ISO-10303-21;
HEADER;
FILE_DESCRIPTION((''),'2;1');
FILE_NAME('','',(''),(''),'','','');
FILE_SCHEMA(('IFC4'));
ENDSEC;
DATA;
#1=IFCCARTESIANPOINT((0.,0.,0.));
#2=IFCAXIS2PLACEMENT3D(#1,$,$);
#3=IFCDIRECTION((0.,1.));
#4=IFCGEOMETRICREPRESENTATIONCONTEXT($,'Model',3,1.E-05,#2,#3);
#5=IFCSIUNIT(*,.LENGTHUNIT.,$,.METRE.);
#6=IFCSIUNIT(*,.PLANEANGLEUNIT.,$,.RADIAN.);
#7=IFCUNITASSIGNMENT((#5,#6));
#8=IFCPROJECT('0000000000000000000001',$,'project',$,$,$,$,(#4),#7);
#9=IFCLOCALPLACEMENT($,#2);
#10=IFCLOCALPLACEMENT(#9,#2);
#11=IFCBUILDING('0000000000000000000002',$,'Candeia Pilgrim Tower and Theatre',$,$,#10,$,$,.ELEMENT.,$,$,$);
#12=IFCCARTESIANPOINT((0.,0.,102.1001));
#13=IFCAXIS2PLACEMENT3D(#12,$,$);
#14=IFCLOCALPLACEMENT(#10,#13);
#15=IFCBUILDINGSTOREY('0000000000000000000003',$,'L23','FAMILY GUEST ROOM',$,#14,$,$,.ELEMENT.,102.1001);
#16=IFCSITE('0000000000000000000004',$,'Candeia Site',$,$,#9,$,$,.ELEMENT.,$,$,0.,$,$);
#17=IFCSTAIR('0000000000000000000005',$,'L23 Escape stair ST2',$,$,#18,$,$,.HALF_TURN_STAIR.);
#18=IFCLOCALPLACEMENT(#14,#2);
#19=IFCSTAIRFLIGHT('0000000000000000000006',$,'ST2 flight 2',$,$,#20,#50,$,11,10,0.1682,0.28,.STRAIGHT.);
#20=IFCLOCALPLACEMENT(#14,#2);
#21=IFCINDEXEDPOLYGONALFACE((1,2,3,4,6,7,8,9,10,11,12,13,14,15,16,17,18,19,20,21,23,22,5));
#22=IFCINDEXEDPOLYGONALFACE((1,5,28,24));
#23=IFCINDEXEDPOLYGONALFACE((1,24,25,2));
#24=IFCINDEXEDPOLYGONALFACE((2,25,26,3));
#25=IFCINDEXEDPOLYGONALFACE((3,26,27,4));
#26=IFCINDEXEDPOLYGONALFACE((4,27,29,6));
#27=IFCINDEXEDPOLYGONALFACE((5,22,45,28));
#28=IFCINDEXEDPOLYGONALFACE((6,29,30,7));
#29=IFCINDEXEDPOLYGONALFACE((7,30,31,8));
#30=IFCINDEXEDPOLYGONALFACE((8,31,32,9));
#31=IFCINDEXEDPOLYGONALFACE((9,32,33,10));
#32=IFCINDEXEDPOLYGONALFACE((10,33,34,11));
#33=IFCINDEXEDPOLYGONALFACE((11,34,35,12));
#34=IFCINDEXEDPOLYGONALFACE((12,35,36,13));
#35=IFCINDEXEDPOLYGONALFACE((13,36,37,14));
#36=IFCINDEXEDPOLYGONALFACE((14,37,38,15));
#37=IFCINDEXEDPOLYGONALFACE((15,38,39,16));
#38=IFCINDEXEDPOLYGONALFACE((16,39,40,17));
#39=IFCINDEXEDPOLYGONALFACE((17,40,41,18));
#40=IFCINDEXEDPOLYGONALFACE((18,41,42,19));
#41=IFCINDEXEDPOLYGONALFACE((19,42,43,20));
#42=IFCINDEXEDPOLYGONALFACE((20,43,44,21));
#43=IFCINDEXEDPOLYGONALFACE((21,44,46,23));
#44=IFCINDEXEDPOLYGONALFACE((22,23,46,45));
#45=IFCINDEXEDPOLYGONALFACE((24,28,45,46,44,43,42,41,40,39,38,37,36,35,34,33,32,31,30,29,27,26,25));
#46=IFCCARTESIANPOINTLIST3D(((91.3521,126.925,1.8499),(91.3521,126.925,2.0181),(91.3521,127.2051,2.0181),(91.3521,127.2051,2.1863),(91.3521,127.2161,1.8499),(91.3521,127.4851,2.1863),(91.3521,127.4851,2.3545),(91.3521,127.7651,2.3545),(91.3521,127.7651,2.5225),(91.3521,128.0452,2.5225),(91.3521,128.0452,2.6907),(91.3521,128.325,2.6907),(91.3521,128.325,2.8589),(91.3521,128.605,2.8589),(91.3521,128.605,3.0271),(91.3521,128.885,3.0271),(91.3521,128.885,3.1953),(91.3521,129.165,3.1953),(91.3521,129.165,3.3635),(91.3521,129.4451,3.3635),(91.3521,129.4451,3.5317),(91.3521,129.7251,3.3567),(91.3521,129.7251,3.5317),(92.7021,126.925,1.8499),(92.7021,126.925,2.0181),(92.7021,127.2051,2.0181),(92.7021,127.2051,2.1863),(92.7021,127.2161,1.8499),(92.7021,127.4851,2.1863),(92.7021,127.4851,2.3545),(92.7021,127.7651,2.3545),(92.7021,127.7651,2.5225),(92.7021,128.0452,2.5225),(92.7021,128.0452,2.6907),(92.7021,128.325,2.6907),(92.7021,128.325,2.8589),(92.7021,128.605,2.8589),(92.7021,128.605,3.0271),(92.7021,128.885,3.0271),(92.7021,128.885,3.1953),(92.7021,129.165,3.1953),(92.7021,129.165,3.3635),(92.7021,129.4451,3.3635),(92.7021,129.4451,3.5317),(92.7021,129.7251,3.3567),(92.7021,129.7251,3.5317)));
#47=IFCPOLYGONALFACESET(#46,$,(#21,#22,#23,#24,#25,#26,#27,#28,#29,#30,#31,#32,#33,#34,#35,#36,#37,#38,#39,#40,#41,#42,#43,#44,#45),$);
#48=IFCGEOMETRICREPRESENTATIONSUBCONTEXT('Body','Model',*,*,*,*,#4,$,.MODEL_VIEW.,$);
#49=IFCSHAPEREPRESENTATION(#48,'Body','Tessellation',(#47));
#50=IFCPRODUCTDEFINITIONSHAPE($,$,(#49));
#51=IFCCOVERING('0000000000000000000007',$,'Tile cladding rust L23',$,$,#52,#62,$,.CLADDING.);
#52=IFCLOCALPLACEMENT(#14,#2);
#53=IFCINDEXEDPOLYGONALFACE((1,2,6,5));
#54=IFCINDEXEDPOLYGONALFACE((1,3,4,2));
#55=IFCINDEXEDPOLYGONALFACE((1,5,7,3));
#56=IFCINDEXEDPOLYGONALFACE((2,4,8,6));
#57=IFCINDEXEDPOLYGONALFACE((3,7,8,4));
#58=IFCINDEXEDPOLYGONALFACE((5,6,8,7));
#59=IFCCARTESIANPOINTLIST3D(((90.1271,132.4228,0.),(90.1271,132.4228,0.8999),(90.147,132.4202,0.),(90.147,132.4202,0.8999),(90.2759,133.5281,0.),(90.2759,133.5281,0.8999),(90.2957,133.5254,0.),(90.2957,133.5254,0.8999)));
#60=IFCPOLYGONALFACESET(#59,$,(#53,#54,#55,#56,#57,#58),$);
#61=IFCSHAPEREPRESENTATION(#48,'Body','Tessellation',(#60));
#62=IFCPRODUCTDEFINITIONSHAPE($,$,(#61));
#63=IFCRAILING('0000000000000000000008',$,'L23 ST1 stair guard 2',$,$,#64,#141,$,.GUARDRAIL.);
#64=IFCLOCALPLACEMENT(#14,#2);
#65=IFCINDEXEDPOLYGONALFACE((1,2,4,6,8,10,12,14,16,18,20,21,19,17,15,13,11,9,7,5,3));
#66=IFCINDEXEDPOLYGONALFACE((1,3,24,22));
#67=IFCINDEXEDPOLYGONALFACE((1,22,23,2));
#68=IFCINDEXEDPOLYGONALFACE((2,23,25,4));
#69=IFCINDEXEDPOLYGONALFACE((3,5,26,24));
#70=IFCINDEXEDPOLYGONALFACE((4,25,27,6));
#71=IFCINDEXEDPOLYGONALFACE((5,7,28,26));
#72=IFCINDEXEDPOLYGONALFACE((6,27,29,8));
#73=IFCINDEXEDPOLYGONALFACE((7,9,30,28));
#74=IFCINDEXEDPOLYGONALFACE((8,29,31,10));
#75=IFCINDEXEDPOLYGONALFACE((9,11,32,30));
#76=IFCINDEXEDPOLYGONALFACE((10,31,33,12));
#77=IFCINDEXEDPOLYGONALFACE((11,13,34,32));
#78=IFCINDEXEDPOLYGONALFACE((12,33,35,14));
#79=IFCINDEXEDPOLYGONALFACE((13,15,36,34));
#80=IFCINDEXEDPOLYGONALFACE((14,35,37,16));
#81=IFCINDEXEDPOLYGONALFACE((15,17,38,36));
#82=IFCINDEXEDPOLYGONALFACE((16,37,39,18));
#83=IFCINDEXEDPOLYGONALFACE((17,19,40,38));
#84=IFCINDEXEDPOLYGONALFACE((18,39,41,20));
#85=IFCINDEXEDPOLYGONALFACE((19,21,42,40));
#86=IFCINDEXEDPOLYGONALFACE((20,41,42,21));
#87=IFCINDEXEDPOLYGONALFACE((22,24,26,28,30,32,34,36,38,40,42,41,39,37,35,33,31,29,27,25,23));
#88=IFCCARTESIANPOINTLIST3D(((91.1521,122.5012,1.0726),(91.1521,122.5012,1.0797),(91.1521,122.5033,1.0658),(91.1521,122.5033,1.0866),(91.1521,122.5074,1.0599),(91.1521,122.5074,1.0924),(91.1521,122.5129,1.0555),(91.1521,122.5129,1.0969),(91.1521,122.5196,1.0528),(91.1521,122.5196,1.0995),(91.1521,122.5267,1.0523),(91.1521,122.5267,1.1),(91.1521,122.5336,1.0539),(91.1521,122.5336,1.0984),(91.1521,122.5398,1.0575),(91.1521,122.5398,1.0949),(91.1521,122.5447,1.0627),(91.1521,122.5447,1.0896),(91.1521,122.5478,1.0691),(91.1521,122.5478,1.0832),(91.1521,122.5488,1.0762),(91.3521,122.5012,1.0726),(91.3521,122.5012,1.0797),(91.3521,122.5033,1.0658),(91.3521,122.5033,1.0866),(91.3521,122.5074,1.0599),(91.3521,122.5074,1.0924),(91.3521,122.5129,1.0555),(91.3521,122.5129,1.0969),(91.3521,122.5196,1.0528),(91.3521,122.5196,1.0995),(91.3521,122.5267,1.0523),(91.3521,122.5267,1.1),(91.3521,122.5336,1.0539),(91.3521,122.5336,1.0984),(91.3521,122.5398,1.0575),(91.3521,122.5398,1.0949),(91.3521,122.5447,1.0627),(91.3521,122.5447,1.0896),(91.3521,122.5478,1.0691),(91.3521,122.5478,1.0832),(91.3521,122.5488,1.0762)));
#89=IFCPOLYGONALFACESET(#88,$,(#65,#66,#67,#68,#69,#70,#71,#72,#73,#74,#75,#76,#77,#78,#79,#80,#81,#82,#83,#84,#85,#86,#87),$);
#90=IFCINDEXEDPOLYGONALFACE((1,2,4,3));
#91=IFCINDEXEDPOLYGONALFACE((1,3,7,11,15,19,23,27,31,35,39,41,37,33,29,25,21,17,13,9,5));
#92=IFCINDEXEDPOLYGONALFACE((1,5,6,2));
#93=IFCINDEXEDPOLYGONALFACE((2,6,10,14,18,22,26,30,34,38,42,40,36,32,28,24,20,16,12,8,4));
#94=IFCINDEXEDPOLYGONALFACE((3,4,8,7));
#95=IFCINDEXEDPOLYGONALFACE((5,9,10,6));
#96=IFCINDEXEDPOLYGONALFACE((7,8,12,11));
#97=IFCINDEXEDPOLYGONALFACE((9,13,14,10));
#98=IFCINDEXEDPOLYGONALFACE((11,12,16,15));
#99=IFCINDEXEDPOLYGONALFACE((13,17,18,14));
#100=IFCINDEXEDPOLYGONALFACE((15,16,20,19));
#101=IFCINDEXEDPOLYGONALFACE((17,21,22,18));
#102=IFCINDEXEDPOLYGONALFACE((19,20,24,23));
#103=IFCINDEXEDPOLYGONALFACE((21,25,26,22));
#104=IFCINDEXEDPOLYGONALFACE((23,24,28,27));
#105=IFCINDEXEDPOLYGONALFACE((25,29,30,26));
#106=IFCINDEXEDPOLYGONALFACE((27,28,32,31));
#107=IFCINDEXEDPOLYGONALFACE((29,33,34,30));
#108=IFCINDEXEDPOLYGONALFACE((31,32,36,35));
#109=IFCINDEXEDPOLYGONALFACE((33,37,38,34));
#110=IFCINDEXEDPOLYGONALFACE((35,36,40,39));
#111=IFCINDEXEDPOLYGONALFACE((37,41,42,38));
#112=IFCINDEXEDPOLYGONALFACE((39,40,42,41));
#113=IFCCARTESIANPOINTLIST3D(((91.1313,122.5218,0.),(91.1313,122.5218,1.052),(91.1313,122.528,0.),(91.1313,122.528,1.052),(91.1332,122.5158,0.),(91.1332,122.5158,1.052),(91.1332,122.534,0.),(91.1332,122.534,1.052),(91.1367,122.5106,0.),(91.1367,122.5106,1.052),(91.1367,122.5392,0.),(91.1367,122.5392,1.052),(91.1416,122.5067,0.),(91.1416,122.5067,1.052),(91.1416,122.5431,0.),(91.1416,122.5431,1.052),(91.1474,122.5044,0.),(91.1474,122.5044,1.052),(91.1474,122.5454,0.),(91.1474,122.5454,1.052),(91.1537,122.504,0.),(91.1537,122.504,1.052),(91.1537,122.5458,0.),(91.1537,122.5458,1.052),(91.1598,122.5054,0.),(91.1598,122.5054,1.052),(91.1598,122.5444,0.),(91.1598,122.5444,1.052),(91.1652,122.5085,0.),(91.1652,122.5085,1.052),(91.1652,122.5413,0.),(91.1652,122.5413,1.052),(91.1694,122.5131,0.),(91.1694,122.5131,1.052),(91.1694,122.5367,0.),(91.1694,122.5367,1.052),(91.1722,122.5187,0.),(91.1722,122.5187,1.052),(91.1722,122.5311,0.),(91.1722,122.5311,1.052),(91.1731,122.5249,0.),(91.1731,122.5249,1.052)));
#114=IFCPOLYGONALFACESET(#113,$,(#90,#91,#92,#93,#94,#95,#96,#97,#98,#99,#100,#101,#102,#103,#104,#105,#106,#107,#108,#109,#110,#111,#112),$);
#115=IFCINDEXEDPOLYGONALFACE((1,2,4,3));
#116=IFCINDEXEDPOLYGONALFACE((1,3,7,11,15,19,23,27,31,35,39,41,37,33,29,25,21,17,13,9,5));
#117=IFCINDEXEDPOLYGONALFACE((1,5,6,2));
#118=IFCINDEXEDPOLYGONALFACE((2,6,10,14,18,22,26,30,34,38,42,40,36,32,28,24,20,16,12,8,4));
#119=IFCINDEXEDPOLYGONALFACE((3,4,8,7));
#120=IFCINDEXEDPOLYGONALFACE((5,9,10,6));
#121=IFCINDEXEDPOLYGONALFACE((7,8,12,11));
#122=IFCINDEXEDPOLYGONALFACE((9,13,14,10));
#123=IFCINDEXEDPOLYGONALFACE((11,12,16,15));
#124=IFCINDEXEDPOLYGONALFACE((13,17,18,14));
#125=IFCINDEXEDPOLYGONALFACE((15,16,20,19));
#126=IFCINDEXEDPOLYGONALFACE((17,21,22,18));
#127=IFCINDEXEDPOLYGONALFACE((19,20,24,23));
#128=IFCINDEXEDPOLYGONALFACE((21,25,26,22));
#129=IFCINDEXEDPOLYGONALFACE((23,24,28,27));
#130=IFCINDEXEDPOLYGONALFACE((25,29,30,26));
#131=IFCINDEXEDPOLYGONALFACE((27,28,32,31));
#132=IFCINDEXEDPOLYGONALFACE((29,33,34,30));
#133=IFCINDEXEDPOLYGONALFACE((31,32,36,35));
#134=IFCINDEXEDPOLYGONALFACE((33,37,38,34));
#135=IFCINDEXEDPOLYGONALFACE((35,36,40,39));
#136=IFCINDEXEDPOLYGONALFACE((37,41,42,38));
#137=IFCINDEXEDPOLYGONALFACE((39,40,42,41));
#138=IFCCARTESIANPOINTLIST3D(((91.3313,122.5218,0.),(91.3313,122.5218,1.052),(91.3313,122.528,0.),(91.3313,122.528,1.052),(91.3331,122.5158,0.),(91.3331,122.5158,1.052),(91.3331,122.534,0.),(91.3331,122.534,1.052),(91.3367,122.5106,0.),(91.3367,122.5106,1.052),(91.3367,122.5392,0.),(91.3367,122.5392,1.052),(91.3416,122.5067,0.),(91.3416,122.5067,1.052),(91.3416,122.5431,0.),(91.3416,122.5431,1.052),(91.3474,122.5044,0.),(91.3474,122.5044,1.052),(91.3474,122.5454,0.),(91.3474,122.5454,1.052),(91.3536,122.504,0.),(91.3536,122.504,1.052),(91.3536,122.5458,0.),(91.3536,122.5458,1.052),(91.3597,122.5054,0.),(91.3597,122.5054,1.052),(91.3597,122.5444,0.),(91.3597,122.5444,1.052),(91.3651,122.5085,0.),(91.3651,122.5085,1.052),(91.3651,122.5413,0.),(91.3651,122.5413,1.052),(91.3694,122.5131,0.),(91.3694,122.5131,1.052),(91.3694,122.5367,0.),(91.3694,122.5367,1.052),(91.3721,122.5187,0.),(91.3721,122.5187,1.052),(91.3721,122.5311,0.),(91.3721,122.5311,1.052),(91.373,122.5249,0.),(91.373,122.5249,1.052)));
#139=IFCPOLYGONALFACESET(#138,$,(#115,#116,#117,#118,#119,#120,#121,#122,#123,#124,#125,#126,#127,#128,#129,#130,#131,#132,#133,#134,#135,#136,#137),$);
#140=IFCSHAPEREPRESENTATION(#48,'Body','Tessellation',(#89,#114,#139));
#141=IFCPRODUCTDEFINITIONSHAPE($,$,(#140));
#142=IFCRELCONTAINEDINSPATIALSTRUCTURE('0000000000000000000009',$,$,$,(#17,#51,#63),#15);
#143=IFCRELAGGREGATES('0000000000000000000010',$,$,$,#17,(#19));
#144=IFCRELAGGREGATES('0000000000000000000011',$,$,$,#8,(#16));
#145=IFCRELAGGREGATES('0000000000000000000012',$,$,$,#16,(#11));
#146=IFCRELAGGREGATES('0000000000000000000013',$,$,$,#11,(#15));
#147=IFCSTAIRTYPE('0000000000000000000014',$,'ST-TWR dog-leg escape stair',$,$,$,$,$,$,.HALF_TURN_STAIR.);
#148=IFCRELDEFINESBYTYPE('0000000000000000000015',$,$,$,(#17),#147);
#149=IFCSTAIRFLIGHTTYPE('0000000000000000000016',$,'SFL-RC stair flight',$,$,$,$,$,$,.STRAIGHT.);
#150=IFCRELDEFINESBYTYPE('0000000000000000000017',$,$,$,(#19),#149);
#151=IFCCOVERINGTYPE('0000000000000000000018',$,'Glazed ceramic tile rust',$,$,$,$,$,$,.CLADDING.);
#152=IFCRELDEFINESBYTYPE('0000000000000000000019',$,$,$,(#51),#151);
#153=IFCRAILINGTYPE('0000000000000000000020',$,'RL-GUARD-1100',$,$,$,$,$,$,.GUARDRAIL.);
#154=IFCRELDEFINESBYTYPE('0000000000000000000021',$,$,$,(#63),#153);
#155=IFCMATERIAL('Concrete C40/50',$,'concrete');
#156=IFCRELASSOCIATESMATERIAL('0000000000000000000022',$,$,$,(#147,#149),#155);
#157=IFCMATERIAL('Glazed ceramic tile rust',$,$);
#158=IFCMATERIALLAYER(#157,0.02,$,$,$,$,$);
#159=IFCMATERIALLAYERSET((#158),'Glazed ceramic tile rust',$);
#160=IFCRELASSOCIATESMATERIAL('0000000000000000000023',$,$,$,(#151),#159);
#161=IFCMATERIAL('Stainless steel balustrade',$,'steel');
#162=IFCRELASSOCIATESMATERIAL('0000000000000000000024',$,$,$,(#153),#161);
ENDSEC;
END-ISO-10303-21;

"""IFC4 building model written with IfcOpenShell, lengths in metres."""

from ifc_helpers import new_model, si_unit, direction, frame, origin, origin_2d, place, context, subcontext, project, spatial, polyline, rectangle, circle, outline, extrude, material, layer, layer_set, type_object, element, aggregate, save


model = new_model("IFC4")

# Units and contexts
model_context = context("Model", 3, precision=1e-05, world=origin(), true_north=direction((0.0, 1.0)))
body_context = subcontext(model_context, "Body", "Model", "MODEL_VIEW")
ifc_project = project(units=[si_unit("LENGTHUNIT", "METRE"), si_unit("PLANEANGLEUNIT", "RADIAN")], contexts=[model_context])

# Site, building, storey
site_placement = place(None, origin())
site = spatial("IfcSite", under=ifc_project, at=site_placement, Name="Candeia Site", CompositionType="ELEMENT", RefElevation=0.0)
building_placement = place(site_placement, origin())
building = spatial("IfcBuilding", under=site, at=building_placement, Name="Candeia Pilgrim Tower and Theatre", CompositionType="ELEMENT")
storey_placement = place(building_placement, frame((0.0, 0.0, 102.1001)))
storey = spatial("IfcBuildingStorey", under=building, at=storey_placement, Name="L23", Description="FAMILY GUEST ROOM", CompositionType="ELEMENT", Elevation=102.1001)

# Shared definitions
ifc_material_1 = material(Name="Concrete C40/50", Category="concrete")

# Stair, stair flight
stair_type = type_object("IfcStairType", Name="ST-TWR dog-leg escape stair", PredefinedType="HALF_TURN_STAIR", material=ifc_material_1)
stair_flight_type = type_object("IfcStairFlightType", Name="SFL-RC stair flight", PredefinedType="STRAIGHT", material=ifc_material_1)
stair_1_placement = place(storey_placement, origin())
stair_1 = element("IfcStair", 1, at=stair_1_placement, inside=storey, type_object=stair_type, Name="L23 Escape stair ST2", PredefinedType="HALF_TURN_STAIR")
stair_flight_1_placement = place(storey_placement, frame((92.0271, 126.925, 1.8499), z_axis=(0.0, 0.0, 1.0), x_axis=(0.0, 1.0, 0.0)))
stair_flight_1 = element("IfcStairFlight", 2, at=stair_flight_1_placement, type_object=stair_flight_type, Name="ST2 flight 2", NumberOfRisers=11, NumberOfTreads=10, PredefinedType="STRAIGHT", RiserHeight=0.1682, TreadLength=0.28, context=body_context, shape_type="SweptSolid", body=[
    extrude(outline(polyline([(0.0, 0.0), (0.0, 0.1682), (0.28, 0.1682), (0.28, 0.3364), (0.5601, 0.3364), (0.5601, 0.5046), (0.8401, 0.5046), (0.8401, 0.6726), (1.1201, 0.6726), (1.1201, 0.8408), (1.3999, 0.8408), (1.3999, 1.009), (1.6799, 1.009), (1.6799, 1.1772), (1.96, 1.1772), (1.96, 1.3455), (2.24, 1.3455), (2.24, 1.5137), (2.52, 1.5137), (2.52, 1.6819), (2.8, 1.6819), (2.8, 1.8501), (2.8, 1.5068), (0.291, 0.0), (0.0, 0.0)])), frame((0.0, 0.675, 0.0), z_axis=(0.0, -1.0, 0.0), x_axis=(1.0, 0.0, 0.0)), (0.0, 0.0, 1.0), 1.3501),
])
aggregate(stair_1, [stair_flight_1])

# Shared definitions
ifc_material_2 = material(Name="Stainless steel balustrade", Category="steel")

# Covering
ifc_material_3 = material(Name="Glazed ceramic tile rust")
ifc_layer_1 = layer(ifc_material_3, 0.02)
ifc_layer_set_1 = layer_set([ifc_layer_1], Name="Glazed ceramic tile rust")
covering_type = type_object("IfcCoveringType", Name="Glazed ceramic tile rust", PredefinedType="CLADDING", material=ifc_layer_set_1)
covering_placement = place(storey_placement, frame((90.2114, 132.9741, 0.0), z_axis=(0.0, 0.0, 1.0), x_axis=(-0.133412, -0.991061, 0.0)))
element("IfcCovering", 3, at=covering_placement, inside=storey, type_object=covering_type, Name="Tile cladding rust L23", PredefinedType="CLADDING", context=body_context, shape_type="SweptSolid", body=[
    extrude(rectangle(XDim=1.1152, YDim=0.02, at=origin_2d()), origin(), (0.0, 0.0, 1.0), 0.8999),
])

# Railing
railing_type_1 = type_object("IfcRailingType", Name="RL-GUARD-1100", PredefinedType="GUARDRAIL", material=ifc_material_2)
railing_1_placement = place(storey_placement, frame((91.1521, 122.5249, 0.0)))
element("IfcRailing", 4, at=railing_1_placement, inside=storey, type_object=railing_type_1, Name="L23 ST1 stair guard 2", PredefinedType="GUARDRAIL", context=body_context, shape_type="SweptSolid", body=[
    extrude(circle(Radius=0.0239, at=origin_2d()), frame((0.0, 0.0, 1.0762), z_axis=(1.0, 0.0, 0.0), x_axis=(0.0, 1.0, 0.0)), (0.0, 0.0, 1.0), 0.2),
    extrude(circle(Radius=0.021, at=origin_2d()), origin(), (0.0, 0.0, 1.0), 1.052),
    extrude(circle(Radius=0.021, at=origin_2d()), frame((0.2, 0.0, 0.0)), (0.0, 0.0, 1.0), 1.052),
])

save(model, "model.ifc")
